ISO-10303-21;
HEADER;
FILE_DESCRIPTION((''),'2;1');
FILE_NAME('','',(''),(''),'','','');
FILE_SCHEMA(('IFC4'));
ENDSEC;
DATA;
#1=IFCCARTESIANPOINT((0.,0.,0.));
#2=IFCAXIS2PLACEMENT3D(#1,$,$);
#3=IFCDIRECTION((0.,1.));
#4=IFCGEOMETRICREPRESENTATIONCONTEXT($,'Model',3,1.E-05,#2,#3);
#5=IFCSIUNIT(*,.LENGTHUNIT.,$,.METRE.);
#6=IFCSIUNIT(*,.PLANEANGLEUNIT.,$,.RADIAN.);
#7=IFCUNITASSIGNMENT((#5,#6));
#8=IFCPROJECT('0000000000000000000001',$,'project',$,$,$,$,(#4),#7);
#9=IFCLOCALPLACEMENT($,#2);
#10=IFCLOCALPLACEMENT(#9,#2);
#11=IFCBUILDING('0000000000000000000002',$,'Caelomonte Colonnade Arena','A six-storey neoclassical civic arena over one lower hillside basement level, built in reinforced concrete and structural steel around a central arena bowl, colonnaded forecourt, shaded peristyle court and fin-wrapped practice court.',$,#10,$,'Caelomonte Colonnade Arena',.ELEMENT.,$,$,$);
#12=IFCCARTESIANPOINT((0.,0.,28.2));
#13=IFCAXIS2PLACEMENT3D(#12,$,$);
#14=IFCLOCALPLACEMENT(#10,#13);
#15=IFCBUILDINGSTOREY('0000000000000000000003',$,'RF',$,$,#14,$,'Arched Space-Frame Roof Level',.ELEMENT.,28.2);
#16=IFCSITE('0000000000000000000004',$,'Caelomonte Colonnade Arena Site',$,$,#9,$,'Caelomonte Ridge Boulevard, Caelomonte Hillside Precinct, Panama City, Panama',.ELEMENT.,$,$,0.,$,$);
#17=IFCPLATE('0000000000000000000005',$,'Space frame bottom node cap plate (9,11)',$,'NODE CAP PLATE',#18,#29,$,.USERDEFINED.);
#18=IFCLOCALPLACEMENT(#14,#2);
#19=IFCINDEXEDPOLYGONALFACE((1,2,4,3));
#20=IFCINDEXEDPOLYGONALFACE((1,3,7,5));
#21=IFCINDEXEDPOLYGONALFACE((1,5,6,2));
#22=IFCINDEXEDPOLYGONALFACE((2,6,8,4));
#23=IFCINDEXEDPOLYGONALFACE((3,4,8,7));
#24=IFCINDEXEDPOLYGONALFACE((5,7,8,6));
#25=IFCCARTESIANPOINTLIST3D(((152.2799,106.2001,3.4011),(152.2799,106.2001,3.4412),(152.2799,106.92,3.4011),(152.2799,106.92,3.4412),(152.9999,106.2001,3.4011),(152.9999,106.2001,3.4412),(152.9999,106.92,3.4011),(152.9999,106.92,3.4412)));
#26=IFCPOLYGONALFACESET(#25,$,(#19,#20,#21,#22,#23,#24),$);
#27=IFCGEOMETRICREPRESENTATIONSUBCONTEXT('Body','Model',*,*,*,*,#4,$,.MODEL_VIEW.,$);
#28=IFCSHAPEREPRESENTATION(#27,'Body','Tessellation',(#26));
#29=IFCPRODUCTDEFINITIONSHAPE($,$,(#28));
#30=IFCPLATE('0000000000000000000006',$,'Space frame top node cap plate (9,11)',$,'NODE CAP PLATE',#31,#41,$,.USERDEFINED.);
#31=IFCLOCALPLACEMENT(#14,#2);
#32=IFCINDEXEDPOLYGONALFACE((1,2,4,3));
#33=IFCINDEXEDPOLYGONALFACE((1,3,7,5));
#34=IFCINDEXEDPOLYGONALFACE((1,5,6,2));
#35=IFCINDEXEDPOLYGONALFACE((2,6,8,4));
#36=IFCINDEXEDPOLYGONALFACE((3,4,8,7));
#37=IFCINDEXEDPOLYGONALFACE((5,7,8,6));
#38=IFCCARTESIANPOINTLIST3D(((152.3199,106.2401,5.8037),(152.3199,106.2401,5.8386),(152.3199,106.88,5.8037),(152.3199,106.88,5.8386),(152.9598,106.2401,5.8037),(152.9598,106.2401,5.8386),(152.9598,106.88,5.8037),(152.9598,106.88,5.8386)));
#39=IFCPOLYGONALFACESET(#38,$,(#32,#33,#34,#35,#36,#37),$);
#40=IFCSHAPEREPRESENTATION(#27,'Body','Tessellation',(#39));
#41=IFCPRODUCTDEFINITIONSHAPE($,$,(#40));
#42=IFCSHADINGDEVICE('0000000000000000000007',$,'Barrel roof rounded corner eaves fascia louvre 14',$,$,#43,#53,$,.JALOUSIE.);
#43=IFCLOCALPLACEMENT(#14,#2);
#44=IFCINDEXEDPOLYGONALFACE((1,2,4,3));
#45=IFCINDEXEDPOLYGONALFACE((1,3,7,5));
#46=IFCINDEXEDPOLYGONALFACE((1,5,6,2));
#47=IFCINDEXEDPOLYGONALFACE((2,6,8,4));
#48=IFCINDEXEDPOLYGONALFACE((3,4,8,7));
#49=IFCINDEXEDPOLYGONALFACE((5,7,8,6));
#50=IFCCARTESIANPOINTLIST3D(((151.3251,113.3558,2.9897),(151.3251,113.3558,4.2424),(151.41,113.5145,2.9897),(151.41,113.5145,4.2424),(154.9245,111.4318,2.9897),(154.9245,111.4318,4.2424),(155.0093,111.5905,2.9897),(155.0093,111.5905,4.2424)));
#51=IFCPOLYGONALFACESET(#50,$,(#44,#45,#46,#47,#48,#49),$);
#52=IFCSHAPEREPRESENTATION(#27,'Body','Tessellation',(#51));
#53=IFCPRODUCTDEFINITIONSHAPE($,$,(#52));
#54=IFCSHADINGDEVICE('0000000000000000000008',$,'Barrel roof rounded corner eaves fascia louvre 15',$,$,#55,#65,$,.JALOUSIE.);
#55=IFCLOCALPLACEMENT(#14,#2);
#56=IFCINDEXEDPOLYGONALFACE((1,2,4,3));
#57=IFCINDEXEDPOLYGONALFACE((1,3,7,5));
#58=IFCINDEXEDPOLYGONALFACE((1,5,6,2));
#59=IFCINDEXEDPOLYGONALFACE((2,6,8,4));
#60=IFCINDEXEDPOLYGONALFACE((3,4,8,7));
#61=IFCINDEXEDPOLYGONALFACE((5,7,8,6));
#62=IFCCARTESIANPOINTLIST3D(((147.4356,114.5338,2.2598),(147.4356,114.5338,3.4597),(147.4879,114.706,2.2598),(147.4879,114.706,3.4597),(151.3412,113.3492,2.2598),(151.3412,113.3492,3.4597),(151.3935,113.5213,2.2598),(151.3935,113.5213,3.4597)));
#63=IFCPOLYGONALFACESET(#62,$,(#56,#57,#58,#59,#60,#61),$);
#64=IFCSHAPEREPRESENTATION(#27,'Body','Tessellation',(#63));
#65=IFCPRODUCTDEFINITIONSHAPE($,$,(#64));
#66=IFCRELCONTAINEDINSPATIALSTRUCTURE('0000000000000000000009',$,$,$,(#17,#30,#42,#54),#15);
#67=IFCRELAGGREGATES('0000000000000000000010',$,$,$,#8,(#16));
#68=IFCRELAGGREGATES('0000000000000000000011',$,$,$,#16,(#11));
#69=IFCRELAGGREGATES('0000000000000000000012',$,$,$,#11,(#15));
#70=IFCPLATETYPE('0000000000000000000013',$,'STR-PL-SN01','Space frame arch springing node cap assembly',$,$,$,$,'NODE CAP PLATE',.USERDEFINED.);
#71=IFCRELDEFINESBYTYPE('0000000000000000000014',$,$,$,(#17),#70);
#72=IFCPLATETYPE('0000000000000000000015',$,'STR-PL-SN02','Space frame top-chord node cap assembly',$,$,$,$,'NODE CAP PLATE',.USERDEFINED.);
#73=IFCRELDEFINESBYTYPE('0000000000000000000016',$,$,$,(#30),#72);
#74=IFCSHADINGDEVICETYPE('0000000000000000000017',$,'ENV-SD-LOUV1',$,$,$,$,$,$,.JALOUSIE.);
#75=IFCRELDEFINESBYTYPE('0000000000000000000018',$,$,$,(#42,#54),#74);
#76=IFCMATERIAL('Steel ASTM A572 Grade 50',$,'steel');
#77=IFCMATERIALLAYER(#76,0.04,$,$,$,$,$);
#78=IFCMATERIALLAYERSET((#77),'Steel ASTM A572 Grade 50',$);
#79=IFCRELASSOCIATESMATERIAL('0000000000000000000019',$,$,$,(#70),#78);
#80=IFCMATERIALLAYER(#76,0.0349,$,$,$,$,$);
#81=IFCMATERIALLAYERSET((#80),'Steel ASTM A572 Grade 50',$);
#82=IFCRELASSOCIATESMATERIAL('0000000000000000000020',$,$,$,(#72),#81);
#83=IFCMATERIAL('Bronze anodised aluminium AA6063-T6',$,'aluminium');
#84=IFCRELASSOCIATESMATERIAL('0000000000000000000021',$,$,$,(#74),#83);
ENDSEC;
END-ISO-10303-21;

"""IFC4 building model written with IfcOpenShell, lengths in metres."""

from ifc_helpers import new_model, si_unit, direction, frame, origin, origin_2d, place, context, subcontext, project, spatial, rectangle, extrude, material, layer, layer_set, type_object, element, save


model = new_model("IFC4")

# Units and contexts
model_context = context("Model", 3, precision=1e-05, world=origin(), true_north=direction((0.0, 1.0)))
body_context = subcontext(model_context, "Body", "Model", "MODEL_VIEW")
ifc_project = project(units=[si_unit("LENGTHUNIT", "METRE"), si_unit("PLANEANGLEUNIT", "RADIAN")], contexts=[model_context])

# Site, building, storey
site_placement = place(None, origin())
site = spatial("IfcSite", under=ifc_project, at=site_placement, Name="Caelomonte Colonnade Arena Site", LongName="Caelomonte Ridge Boulevard, Caelomonte Hillside Precinct, Panama City, Panama", CompositionType="ELEMENT", RefElevation=0.0)
building_placement = place(site_placement, origin())
building = spatial("IfcBuilding", under=site, at=building_placement, Name="Caelomonte Colonnade Arena", Description="A six-storey neoclassical civic arena over one lower hillside basement level, built in reinforced concrete and structural steel around a central arena bowl, colonnaded forecourt, shaded peristyle court and fin-wrapped practice court.", LongName="Caelomonte Colonnade Arena", CompositionType="ELEMENT")
storey_placement = place(building_placement, frame((0.0, 0.0, 28.2)))
storey = spatial("IfcBuildingStorey", under=building, at=storey_placement, Name="RF", LongName="Arched Space-Frame Roof Level", CompositionType="ELEMENT", Elevation=28.2)

# Shared definitions
ifc_material_1 = material(Name="Bronze anodised aluminium AA6063-T6", Category="aluminium")

# Plates
ifc_material_2 = material(Name="Steel ASTM A572 Grade 50", Category="steel")
ifc_layer_1 = layer(ifc_material_2, 0.04)
ifc_layer_set_1 = layer_set([ifc_layer_1], Name="Steel ASTM A572 Grade 50")
plate_type_1 = type_object("IfcPlateType", Name="STR-PL-SN01", Description="Space frame arch springing node cap assembly", ElementType="NODE CAP PLATE", PredefinedType="USERDEFINED", material=ifc_layer_set_1)
plate_1_placement = place(storey_placement, frame((152.6399, 106.5601, 3.4011), z_axis=(0.0, 0.0, 1.0), x_axis=(1.0, 0.0, 0.0)))
element("IfcPlate", 1, at=plate_1_placement, inside=storey, type_object=plate_type_1, Name="Space frame bottom node cap plate (9,11)", ObjectType="NODE CAP PLATE", PredefinedType="USERDEFINED", context=body_context, shape_type="SweptSolid", body=[
    extrude(rectangle(XDim=0.72, YDim=0.72, at=origin_2d()), origin(), (0.0, 0.0, 1.0), 0.04),
])
ifc_layer_2 = layer(ifc_material_2, 0.0349)
ifc_layer_set_2 = layer_set([ifc_layer_2], Name="Steel ASTM A572 Grade 50")
plate_type_2 = type_object("IfcPlateType", Name="STR-PL-SN02", Description="Space frame top-chord node cap assembly", ElementType="NODE CAP PLATE", PredefinedType="USERDEFINED", material=ifc_layer_set_2)
plate_2_placement = place(storey_placement, frame((152.6399, 106.5601, 5.8037), z_axis=(0.0, 0.0, 1.0), x_axis=(1.0, 0.0, 0.0)))
element("IfcPlate", 2, at=plate_2_placement, inside=storey, type_object=plate_type_2, Name="Space frame top node cap plate (9,11)", ObjectType="NODE CAP PLATE", PredefinedType="USERDEFINED", context=body_context, shape_type="SweptSolid", body=[
    extrude(rectangle(XDim=0.6399, YDim=0.6399, at=origin_2d()), origin(), (0.0, 0.0, 1.0), 0.0349),
])

# Shading devices
shading_device_type = type_object("IfcShadingDeviceType", Name="ENV-SD-LOUV1", PredefinedType="JALOUSIE", material=ifc_material_1)
shading_device_1_placement = place(storey_placement, frame((153.1672, 112.4731, 2.9897), z_axis=(0.0, 0.0, 1.0), x_axis=(-0.881919, 0.471401, 0.0)))
element("IfcShadingDevice", 3, at=shading_device_1_placement, inside=storey, type_object=shading_device_type, Name="Barrel roof rounded corner eaves fascia louvre 14", PredefinedType="JALOUSIE", context=body_context, shape_type="SweptSolid", body=[
    extrude(rectangle(XDim=4.0813, YDim=0.1799, at=origin_2d()), origin(), (0.0, 0.0, 1.0), 1.2527),
])
shading_device_2_placement = place(storey_placement, frame((149.4146, 114.0276, 2.2598), z_axis=(0.0, 0.0, 1.0), x_axis=(-0.956946, 0.290266, 0.0)))
element("IfcShadingDevice", 4, at=shading_device_2_placement, inside=storey, type_object=shading_device_type, Name="Barrel roof rounded corner eaves fascia louvre 15", PredefinedType="JALOUSIE", context=body_context, shape_type="SweptSolid", body=[
    extrude(rectangle(XDim=4.0813, YDim=0.1799, at=origin_2d()), origin(), (0.0, 0.0, 1.0), 1.2),
])

save(model, "model.ifc")
